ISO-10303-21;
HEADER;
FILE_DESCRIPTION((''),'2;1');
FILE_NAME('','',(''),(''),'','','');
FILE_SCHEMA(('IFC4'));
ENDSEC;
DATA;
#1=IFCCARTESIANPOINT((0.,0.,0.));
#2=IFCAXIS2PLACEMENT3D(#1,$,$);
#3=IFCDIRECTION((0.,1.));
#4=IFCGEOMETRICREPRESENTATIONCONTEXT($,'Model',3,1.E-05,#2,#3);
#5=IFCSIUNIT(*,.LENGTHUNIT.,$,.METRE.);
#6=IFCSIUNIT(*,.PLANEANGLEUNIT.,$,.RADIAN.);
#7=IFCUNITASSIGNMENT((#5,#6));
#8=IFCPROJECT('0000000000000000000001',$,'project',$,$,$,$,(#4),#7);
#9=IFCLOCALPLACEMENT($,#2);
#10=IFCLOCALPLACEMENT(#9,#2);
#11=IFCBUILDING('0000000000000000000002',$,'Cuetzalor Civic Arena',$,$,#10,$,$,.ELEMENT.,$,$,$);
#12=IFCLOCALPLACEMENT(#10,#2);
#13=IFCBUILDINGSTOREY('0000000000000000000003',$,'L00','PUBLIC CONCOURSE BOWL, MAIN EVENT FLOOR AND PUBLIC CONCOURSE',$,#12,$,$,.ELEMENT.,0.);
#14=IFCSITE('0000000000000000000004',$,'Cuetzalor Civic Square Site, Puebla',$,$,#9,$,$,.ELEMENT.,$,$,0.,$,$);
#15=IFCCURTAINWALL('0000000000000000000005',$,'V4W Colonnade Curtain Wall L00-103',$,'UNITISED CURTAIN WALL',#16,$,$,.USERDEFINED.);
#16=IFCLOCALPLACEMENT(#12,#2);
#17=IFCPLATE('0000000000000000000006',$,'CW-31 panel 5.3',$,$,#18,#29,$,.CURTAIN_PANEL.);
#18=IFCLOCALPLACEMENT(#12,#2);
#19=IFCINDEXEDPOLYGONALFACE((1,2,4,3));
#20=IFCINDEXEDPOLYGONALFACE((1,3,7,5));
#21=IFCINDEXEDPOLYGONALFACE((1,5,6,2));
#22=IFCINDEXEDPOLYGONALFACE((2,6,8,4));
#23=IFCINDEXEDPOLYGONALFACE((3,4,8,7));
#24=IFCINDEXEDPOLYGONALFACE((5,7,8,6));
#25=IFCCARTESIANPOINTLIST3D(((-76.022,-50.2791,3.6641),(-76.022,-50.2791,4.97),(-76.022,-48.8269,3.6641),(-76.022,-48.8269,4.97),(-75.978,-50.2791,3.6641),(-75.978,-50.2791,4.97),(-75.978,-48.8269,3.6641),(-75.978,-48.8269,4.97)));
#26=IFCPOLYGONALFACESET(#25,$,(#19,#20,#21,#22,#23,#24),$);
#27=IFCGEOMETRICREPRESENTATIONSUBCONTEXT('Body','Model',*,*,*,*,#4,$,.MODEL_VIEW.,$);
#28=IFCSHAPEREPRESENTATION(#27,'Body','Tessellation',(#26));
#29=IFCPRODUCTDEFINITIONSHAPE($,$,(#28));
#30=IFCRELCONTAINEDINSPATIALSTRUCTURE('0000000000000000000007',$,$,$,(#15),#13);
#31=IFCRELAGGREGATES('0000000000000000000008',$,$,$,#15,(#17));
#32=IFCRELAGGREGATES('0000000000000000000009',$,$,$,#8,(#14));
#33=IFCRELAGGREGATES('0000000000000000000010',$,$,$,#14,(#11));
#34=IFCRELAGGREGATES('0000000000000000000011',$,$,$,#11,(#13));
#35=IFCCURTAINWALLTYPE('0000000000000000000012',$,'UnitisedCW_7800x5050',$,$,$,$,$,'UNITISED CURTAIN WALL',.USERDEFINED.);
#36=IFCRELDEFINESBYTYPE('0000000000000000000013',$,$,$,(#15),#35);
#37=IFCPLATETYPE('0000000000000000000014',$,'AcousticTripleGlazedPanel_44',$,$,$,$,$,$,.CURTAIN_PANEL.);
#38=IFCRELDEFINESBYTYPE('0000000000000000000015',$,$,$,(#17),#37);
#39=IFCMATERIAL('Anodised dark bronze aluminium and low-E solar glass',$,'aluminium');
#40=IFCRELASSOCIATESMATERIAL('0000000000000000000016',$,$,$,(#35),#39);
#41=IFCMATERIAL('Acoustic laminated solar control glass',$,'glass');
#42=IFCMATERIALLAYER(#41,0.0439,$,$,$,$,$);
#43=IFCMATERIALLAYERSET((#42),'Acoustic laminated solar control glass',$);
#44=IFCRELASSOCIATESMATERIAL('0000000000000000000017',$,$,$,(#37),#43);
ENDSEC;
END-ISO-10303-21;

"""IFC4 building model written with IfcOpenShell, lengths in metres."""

from ifc_helpers import new_model, si_unit, direction, frame, origin, origin_2d, place, context, subcontext, project, spatial, rectangle, extrude, material, layer, layer_set, type_object, element, aggregate, save


model = new_model("IFC4")

# Units and contexts
model_context = context("Model", 3, precision=1e-05, world=origin(), true_north=direction((0.0, 1.0)))
body_context = subcontext(model_context, "Body", "Model", "MODEL_VIEW")
ifc_project = project(units=[si_unit("LENGTHUNIT", "METRE"), si_unit("PLANEANGLEUNIT", "RADIAN")], contexts=[model_context])

# Site, building, storey
site_placement = place(None, origin())
site = spatial("IfcSite", under=ifc_project, at=site_placement, Name="Cuetzalor Civic Square Site, Puebla", CompositionType="ELEMENT", RefElevation=0.0)
building_placement = place(site_placement, origin())
building = spatial("IfcBuilding", under=site, at=building_placement, Name="Cuetzalor Civic Arena", CompositionType="ELEMENT")
storey_placement = place(building_placement, origin())
storey = spatial("IfcBuildingStorey", under=building, at=storey_placement, Name="L00", Description="PUBLIC CONCOURSE BOWL, MAIN EVENT FLOOR AND PUBLIC CONCOURSE", CompositionType="ELEMENT", Elevation=0.0)

# Curtain wall
ifc_material_1 = material(Name="Anodised dark bronze aluminium and low-E solar glass", Category="aluminium")
curtain_wall_type_1 = type_object("IfcCurtainWallType", Name="UnitisedCW_7800x5050", ElementType="UNITISED CURTAIN WALL", PredefinedType="USERDEFINED", material=ifc_material_1)
curtain_wall_1_placement = place(storey_placement, origin())
curtain_wall_1 = element("IfcCurtainWall", 1, at=curtain_wall_1_placement, inside=storey, type_object=curtain_wall_type_1, Name="V4W Colonnade Curtain Wall L00-103", ObjectType="UNITISED CURTAIN WALL", PredefinedType="USERDEFINED")

# Plate
ifc_material_2 = material(Name="Acoustic laminated solar control glass", Category="glass")
ifc_layer = layer(ifc_material_2, 0.0439)
ifc_layer_set = layer_set([ifc_layer], Name="Acoustic laminated solar control glass")
plate_type = type_object("IfcPlateType", Name="AcousticTripleGlazedPanel_44", PredefinedType="CURTAIN_PANEL", material=ifc_layer_set)
plate_1_placement = place(storey_placement, frame((-76.0, -49.553, 3.6641), z_axis=(0.0, 0.0, 1.0), x_axis=(0.0, 1.0, 0.0)))
plate_1 = element("IfcPlate", 2, at=plate_1_placement, type_object=plate_type, Name="CW-31 panel 5.3", PredefinedType="CURTAIN_PANEL", context=body_context, shape_type="SweptSolid", body=[
    extrude(rectangle(XDim=1.4521, YDim=0.0439, at=origin_2d()), origin(), (0.0, 0.0, 1.0), 1.3059),
])
aggregate(curtain_wall_1, [plate_1])

save(model, "model.ifc")
